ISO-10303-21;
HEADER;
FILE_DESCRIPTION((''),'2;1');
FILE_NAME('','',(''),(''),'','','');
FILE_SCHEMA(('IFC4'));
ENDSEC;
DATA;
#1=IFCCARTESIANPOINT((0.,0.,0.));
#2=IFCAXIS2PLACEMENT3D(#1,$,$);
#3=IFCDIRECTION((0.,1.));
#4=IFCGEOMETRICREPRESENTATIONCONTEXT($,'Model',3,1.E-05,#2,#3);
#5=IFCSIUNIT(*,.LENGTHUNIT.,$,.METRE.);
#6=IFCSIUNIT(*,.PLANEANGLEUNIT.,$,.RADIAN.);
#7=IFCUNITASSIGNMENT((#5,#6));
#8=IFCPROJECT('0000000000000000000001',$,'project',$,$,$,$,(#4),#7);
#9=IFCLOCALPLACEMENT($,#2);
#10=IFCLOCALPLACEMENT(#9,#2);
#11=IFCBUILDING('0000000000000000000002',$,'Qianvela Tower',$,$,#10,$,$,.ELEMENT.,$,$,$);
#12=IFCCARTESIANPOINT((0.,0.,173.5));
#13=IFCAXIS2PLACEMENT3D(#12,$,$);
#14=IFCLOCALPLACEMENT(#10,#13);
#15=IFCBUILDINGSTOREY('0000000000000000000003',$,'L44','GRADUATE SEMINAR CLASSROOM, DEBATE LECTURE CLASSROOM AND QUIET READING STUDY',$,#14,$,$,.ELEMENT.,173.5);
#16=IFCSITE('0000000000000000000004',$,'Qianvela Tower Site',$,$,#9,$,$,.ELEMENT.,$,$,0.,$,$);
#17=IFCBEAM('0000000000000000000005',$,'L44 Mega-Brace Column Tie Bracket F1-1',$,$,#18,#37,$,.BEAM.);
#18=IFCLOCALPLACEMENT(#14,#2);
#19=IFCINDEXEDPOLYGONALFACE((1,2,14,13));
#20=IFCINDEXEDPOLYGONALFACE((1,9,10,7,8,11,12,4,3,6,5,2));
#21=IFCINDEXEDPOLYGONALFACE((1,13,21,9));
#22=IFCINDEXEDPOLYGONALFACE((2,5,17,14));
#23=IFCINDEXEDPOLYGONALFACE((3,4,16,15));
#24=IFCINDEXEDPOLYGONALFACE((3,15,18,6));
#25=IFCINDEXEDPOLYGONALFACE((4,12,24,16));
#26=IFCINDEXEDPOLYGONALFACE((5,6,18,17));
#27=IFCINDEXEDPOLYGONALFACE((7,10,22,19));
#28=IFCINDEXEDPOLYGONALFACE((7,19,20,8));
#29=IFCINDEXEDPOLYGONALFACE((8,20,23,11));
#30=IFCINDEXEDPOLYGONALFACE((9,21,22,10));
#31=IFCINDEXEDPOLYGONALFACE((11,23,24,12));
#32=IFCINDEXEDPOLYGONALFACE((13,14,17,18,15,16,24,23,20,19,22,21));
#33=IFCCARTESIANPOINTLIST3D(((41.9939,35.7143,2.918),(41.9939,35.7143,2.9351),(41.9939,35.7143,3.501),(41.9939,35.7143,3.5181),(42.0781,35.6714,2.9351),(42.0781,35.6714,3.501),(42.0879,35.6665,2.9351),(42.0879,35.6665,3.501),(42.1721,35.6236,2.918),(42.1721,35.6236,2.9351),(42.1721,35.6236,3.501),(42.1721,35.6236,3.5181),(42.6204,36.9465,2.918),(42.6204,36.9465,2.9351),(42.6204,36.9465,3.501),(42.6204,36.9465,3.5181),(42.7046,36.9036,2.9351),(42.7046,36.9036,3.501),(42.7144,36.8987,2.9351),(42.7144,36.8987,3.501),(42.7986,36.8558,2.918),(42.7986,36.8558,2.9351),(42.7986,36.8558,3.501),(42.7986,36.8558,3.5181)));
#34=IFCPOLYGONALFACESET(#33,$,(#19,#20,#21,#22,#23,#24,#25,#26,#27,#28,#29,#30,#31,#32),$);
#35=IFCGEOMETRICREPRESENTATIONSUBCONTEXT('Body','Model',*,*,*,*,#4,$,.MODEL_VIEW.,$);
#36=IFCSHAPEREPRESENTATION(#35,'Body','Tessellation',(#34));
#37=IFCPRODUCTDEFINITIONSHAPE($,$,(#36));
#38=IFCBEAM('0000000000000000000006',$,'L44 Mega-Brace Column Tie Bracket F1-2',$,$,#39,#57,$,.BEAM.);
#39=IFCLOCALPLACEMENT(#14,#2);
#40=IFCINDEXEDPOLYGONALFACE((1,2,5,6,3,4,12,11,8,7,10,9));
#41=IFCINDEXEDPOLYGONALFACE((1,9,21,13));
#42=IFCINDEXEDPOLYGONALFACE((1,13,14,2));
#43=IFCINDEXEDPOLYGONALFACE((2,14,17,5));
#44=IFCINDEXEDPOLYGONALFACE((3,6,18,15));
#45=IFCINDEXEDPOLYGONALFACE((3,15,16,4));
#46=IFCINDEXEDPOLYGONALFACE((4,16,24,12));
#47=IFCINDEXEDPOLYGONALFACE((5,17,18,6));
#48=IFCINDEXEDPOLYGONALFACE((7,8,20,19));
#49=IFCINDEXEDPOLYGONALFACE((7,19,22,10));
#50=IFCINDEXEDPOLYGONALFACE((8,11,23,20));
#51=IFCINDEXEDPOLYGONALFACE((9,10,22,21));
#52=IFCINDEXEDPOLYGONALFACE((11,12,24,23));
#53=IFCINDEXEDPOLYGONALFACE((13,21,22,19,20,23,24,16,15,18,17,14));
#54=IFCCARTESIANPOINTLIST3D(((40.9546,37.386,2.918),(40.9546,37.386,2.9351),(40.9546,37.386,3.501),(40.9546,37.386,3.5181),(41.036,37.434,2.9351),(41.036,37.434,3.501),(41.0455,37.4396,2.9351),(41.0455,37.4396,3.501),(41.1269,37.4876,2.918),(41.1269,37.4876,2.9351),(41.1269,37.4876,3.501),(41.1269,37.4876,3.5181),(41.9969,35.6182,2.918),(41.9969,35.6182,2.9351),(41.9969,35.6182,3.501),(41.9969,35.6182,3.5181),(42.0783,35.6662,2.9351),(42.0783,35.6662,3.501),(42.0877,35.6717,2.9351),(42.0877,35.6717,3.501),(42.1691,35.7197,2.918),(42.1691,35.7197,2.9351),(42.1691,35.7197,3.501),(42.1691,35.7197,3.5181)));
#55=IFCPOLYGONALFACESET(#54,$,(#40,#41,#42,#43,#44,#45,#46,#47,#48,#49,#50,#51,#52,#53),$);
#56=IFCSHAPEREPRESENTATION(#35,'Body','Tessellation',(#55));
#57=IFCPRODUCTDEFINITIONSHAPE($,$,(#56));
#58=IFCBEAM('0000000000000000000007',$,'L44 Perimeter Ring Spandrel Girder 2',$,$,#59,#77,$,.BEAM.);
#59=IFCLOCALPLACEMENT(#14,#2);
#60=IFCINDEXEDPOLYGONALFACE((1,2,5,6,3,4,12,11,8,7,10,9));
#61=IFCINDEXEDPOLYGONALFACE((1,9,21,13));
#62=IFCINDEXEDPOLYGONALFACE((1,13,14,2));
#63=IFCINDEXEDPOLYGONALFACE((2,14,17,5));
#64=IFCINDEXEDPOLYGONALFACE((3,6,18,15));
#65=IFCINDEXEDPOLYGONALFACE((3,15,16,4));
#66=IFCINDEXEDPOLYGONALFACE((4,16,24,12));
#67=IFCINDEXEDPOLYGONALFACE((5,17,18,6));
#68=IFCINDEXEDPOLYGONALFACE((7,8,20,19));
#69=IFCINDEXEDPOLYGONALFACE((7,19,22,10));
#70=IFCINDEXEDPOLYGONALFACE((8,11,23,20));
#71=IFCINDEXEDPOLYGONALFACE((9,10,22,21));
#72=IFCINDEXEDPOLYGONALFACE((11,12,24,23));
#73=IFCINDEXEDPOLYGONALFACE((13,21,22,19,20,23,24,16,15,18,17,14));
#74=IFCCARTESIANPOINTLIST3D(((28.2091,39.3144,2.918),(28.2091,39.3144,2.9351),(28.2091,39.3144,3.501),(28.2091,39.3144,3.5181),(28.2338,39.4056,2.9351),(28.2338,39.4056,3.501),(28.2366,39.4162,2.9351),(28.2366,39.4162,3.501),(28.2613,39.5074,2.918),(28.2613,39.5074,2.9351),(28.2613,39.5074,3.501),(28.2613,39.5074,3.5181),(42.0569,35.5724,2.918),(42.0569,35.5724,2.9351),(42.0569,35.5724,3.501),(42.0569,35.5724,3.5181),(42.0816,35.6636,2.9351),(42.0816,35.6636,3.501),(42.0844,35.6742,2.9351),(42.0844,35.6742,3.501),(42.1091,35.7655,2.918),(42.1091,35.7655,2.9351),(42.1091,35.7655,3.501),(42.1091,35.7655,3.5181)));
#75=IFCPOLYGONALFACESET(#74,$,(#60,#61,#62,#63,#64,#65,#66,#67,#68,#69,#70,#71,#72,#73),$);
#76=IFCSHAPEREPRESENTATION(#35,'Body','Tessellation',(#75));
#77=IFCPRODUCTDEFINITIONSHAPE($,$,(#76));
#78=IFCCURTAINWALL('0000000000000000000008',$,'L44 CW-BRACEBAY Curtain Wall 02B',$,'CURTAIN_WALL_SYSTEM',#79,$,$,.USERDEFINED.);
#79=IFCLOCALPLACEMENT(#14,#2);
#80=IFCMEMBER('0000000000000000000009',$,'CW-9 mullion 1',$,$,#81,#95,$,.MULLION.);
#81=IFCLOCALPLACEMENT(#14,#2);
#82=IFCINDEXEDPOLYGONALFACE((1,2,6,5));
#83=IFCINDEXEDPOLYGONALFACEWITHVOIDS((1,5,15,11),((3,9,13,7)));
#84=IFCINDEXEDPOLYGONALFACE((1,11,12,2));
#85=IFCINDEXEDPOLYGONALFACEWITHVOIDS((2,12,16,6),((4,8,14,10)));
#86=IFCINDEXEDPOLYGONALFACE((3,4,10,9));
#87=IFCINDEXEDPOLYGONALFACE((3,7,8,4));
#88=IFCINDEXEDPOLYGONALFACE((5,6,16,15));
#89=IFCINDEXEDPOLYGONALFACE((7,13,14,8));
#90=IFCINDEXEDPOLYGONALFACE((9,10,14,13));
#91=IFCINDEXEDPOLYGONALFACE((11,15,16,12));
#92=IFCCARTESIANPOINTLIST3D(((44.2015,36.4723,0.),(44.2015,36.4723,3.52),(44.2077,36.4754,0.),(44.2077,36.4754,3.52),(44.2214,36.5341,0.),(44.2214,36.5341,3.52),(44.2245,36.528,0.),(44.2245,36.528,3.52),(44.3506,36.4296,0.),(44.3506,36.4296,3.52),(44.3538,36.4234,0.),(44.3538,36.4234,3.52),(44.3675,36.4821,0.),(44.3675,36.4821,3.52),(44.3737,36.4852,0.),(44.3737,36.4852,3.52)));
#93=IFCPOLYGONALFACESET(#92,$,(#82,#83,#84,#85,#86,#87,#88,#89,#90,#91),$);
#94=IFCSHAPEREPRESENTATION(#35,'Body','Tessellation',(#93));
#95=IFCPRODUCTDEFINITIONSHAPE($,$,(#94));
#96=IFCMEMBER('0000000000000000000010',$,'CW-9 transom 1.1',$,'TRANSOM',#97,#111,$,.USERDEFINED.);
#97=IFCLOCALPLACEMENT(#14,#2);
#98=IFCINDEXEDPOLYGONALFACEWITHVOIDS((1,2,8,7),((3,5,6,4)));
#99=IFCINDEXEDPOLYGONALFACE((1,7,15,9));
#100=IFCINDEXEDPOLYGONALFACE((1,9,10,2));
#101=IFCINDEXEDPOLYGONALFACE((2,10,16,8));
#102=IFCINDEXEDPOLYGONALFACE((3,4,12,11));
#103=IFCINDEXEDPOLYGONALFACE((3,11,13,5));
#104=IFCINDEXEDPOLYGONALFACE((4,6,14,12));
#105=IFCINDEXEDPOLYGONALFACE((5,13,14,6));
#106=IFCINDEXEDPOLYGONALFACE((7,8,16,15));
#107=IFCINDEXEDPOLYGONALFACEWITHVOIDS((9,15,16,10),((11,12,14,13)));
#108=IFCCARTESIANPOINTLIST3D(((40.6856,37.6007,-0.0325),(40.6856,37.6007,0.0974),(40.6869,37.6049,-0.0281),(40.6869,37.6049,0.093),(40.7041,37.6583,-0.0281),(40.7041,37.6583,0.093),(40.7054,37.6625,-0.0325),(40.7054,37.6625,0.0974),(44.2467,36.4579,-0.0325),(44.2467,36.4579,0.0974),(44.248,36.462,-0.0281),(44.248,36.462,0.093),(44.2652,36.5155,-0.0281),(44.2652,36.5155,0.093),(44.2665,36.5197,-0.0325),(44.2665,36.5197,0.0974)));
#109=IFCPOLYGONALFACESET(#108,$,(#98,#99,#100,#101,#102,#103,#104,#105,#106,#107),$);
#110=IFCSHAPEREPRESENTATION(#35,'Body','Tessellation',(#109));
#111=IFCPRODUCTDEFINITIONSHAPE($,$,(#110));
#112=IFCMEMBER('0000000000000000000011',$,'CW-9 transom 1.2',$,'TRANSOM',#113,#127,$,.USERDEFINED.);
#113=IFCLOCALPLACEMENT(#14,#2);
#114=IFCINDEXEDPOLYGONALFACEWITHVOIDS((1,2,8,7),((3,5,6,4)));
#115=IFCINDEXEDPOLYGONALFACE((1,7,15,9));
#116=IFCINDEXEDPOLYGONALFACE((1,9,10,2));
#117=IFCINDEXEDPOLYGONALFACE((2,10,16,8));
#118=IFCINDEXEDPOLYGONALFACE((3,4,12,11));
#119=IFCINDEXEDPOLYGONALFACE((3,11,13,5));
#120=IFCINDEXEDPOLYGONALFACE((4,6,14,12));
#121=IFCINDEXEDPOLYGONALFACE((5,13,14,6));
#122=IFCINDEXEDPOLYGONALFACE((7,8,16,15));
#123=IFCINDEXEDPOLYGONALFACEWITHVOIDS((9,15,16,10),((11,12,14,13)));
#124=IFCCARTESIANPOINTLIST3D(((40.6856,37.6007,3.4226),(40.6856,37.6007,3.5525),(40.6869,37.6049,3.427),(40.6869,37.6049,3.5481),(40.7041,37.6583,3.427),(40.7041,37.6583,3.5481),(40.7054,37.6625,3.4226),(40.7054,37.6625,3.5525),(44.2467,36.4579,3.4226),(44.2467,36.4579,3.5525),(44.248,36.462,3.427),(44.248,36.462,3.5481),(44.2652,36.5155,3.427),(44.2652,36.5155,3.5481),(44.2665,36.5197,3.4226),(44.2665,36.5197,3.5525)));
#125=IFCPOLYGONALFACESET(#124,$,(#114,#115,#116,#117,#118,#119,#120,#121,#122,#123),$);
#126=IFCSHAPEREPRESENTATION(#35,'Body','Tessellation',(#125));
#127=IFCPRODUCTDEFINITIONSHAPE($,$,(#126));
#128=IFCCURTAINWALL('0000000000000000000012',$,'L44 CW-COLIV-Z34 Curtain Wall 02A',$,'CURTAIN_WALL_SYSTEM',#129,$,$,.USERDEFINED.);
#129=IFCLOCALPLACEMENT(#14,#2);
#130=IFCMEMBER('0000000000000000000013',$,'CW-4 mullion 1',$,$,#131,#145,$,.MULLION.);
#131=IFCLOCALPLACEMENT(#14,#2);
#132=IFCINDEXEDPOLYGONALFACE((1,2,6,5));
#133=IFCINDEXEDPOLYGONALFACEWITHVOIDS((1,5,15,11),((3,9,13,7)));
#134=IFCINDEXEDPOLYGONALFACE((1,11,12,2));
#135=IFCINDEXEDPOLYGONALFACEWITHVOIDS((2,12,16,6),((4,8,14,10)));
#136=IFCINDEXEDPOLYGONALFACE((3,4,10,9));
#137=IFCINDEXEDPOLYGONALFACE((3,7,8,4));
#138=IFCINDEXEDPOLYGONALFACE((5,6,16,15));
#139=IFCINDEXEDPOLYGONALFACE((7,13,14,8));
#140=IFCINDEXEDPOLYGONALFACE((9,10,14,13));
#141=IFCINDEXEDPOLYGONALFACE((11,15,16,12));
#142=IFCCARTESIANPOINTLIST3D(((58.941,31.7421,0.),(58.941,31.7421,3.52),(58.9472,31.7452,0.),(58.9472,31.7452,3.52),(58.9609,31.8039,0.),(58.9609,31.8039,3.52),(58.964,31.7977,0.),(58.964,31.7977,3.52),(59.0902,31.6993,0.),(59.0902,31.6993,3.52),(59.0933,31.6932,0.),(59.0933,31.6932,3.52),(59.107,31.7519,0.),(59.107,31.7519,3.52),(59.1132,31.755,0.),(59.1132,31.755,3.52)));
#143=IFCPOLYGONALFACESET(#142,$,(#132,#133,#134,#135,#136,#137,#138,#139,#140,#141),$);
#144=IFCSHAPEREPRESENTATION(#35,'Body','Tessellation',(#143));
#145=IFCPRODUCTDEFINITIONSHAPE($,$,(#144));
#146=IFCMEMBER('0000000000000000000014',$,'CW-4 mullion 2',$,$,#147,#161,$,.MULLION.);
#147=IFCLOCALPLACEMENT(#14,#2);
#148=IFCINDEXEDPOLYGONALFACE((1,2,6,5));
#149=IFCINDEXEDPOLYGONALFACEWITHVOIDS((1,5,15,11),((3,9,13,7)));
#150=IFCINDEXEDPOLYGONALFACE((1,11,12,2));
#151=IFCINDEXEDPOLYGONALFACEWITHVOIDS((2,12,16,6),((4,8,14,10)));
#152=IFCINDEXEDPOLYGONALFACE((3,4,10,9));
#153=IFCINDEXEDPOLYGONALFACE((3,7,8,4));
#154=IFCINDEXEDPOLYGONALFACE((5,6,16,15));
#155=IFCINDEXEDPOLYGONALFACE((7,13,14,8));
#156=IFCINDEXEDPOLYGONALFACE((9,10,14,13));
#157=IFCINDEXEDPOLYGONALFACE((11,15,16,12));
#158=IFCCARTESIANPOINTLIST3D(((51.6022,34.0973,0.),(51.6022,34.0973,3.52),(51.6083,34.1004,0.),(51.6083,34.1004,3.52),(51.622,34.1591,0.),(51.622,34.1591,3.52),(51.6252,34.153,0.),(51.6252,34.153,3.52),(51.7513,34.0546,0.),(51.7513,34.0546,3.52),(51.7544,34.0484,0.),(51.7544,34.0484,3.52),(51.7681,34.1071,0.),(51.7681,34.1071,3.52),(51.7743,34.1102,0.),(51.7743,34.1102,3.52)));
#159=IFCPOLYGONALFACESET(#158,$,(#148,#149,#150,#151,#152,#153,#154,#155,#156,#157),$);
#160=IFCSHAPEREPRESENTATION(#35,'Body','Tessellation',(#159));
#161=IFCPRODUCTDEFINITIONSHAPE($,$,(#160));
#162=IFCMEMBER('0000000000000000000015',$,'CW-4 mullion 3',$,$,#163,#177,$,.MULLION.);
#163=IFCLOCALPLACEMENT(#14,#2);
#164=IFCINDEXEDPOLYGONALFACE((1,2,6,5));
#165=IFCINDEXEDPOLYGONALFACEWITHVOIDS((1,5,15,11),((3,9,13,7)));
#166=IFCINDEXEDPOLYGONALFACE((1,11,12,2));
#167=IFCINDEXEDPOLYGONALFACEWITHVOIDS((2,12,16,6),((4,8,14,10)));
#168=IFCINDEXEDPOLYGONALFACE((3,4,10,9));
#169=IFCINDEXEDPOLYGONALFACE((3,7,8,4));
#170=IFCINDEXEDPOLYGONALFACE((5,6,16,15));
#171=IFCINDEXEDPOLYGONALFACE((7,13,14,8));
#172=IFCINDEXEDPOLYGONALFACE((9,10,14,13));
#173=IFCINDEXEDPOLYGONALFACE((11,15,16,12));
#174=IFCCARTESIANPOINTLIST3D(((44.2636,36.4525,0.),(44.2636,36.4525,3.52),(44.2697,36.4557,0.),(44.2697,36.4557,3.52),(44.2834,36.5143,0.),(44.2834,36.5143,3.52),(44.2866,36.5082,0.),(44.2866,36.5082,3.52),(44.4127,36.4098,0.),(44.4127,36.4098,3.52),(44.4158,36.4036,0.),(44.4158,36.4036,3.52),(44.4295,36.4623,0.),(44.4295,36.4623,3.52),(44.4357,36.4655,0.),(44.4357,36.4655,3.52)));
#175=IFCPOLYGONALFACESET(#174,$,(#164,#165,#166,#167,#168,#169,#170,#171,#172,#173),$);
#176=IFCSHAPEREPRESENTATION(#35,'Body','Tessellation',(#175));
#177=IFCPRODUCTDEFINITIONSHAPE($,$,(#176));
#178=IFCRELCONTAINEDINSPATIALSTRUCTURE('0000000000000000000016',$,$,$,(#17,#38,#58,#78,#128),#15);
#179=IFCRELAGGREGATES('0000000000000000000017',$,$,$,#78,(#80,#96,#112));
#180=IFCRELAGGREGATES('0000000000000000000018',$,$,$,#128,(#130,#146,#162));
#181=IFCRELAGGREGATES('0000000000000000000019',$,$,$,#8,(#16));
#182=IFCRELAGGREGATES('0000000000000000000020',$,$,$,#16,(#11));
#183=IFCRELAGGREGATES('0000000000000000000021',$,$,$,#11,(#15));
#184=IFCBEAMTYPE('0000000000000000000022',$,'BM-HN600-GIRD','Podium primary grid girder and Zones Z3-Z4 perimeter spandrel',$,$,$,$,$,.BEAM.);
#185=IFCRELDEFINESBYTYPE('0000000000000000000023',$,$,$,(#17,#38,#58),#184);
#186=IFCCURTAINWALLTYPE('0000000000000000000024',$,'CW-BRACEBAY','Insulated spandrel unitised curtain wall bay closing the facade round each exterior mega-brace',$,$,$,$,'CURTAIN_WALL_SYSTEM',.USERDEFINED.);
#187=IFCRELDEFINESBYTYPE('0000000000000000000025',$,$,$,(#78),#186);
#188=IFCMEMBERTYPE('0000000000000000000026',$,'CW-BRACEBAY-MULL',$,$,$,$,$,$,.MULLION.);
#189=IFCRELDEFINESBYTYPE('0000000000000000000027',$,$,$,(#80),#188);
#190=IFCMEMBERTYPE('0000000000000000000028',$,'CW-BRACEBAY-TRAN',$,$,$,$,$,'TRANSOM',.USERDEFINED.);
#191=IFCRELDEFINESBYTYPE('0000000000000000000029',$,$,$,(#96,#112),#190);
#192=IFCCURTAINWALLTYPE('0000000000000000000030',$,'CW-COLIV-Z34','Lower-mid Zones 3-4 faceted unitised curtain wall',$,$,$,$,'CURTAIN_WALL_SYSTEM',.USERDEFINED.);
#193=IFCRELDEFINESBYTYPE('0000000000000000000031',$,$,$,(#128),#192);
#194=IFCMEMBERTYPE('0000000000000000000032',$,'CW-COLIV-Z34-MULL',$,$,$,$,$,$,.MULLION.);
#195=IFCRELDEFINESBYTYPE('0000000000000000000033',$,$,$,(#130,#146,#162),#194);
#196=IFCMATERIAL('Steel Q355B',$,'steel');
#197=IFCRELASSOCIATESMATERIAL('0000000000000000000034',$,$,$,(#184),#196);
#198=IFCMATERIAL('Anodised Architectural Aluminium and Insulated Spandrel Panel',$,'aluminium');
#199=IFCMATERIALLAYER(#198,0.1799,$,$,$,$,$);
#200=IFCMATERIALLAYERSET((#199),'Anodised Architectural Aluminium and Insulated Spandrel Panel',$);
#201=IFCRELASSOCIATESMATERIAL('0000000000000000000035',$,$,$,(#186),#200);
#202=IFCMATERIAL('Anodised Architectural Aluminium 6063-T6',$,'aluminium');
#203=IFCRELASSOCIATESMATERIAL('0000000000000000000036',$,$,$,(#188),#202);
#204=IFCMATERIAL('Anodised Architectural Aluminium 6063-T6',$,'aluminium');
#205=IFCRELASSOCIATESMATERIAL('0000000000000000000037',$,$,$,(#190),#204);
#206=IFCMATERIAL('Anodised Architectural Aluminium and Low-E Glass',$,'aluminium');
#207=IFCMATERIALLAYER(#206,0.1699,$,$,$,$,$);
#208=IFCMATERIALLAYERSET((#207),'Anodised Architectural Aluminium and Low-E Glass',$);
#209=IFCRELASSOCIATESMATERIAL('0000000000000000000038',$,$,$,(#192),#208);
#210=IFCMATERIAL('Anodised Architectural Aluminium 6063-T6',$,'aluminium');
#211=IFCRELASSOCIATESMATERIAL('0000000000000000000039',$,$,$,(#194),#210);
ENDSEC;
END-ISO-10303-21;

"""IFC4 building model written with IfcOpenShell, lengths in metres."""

from ifc_helpers import new_model, si_unit, direction, frame, origin, origin_2d, place, context, subcontext, project, spatial, hollow_rectangle, i_section, extrude, material, layer, layer_set, material_profile, profile_set, type_object, element, aggregate, save


model = new_model("IFC4")

# Units and contexts
model_context = context("Model", 3, precision=1e-05, world=origin(), true_north=direction((0.0, 1.0)))
body_context = subcontext(model_context, "Body", "Model", "MODEL_VIEW")
ifc_project = project(units=[si_unit("LENGTHUNIT", "METRE"), si_unit("PLANEANGLEUNIT", "RADIAN")], contexts=[model_context])

# Site, building, storey
site_placement = place(None, origin())
site = spatial("IfcSite", under=ifc_project, at=site_placement, Name="Qianvela Tower Site", CompositionType="ELEMENT", RefElevation=0.0)
building_placement = place(site_placement, origin())
building = spatial("IfcBuilding", under=site, at=building_placement, Name="Qianvela Tower", CompositionType="ELEMENT")
storey_placement = place(building_placement, frame((0.0, 0.0, 173.5)))
storey = spatial("IfcBuildingStorey", under=building, at=storey_placement, Name="L44", Description="GRADUATE SEMINAR CLASSROOM, DEBATE LECTURE CLASSROOM AND QUIET READING STUDY", CompositionType="ELEMENT", Elevation=173.5)

# Beams
ifc_material_1 = material(Name="Steel Q355B", Category="steel")
ifc_material_profile_1 = material_profile(ifc_material_1, i_section(OverallWidth=0.2, OverallDepth=0.6001, WebThickness=0.011, FlangeThickness=0.0171, at=origin_2d()), Name="HN600x200x11x17")
ifc_profile_set_1 = profile_set([ifc_material_profile_1], Name="Steel Q355B")
beam_type = type_object("IfcBeamType", Name="BM-HN600-GIRD", Description="Podium primary grid girder and Zones Z3-Z4 perimeter spandrel", PredefinedType="BEAM", material=ifc_profile_set_1)
beam_1_placement = place(storey_placement, frame((42.083, 35.6689, 3.218), z_axis=(0.453209, 0.891404, 0.0), x_axis=(-0.891404, 0.453209, 0.0)))
element("IfcBeam", 1, at=beam_1_placement, inside=storey, type_object=beam_type, Name="L44 Mega-Brace Column Tie Bracket F1-1", PredefinedType="BEAM", context=body_context, shape_type="SweptSolid", body=[
    extrude(i_section(OverallWidth=0.2, OverallDepth=0.6001, WebThickness=0.011, FlangeThickness=0.0171, at=origin_2d()), origin(), (0.0, 0.0, 1.0), 1.3823),
])
beam_2_placement = place(storey_placement, frame((42.083, 35.6689, 3.218), z_axis=(-0.507867, 0.861435, 0.0), x_axis=(-0.861435, -0.507867, 0.0)))
element("IfcBeam", 2, at=beam_2_placement, inside=storey, type_object=beam_type, Name="L44 Mega-Brace Column Tie Bracket F1-2", PredefinedType="BEAM", context=body_context, shape_type="SweptSolid", body=[
    extrude(i_section(OverallWidth=0.2, OverallDepth=0.6001, WebThickness=0.011, FlangeThickness=0.0171, at=origin_2d()), origin(), (0.0, 0.0, 1.0), 2.0522),
])
beam_3_placement = place(storey_placement, frame((42.083, 35.6689, 3.218), z_axis=(-0.965376, 0.260861, 0.0), x_axis=(-0.260861, -0.965376, 0.0)))
element("IfcBeam", 3, at=beam_3_placement, inside=storey, type_object=beam_type, Name="L44 Perimeter Ring Spandrel Girder 2", PredefinedType="BEAM", context=body_context, shape_type="SweptSolid", body=[
    extrude(i_section(OverallWidth=0.2, OverallDepth=0.6001, WebThickness=0.011, FlangeThickness=0.0171, at=origin_2d()), origin(), (0.0, 0.0, 1.0), 14.3445),
])

# Curtain walls, members
ifc_material_2 = material(Name="Anodised Architectural Aluminium and Insulated Spandrel Panel", Category="aluminium")
ifc_layer_1 = layer(ifc_material_2, 0.1799)
ifc_layer_set_1 = layer_set([ifc_layer_1], Name="Anodised Architectural Aluminium and Insulated Spandrel Panel")
curtain_wall_type_1 = type_object("IfcCurtainWallType", Name="CW-BRACEBAY", Description="Insulated spandrel unitised curtain wall bay closing the facade round each exterior mega-brace", ElementType="CURTAIN_WALL_SYSTEM", PredefinedType="USERDEFINED", material=ifc_layer_set_1)
curtain_wall_1_placement = place(storey_placement, origin())
curtain_wall_1 = element("IfcCurtainWall", 4, at=curtain_wall_1_placement, inside=storey, type_object=curtain_wall_type_1, Name="L44 CW-BRACEBAY Curtain Wall 02B", ObjectType="CURTAIN_WALL_SYSTEM", PredefinedType="USERDEFINED")
ifc_material_3 = material(Name="Anodised Architectural Aluminium 6063-T6", Category="aluminium")
ifc_material_profile_2 = material_profile(ifc_material_3, hollow_rectangle(XDim=0.0649, YDim=0.1599, WallThickness=0.0049, at=origin_2d()), Name="ALU-MULL-65x160")
ifc_profile_set_2 = profile_set([ifc_material_profile_2], Name="Anodised Architectural Aluminium 6063-T6")
member_type_1 = type_object("IfcMemberType", Name="CW-BRACEBAY-MULL", PredefinedType="MULLION", material=ifc_profile_set_2)
member_1_placement = place(storey_placement, frame((44.2876, 36.4788, 0.0), z_axis=(0.0, 0.0, 1.0), x_axis=(-0.30558, -0.952166, 0.0)))
member_1 = element("IfcMember", 5, at=member_1_placement, type_object=member_type_1, Name="CW-9 mullion 1", PredefinedType="MULLION", context=body_context, shape_type="SweptSolid", body=[
    extrude(hollow_rectangle(XDim=0.0649, YDim=0.1599, WallThickness=0.0049, at=origin_2d()), origin(), (0.0, 0.0, 1.0), 3.52),
])
ifc_material_4 = material(Name="Anodised Architectural Aluminium 6063-T6", Category="aluminium")
ifc_material_profile_3 = material_profile(ifc_material_4, hollow_rectangle(XDim=0.0649, YDim=0.1299, WallThickness=0.0044, at=origin_2d()), Name="ALU-TRAN-65x130")
ifc_profile_set_3 = profile_set([ifc_material_profile_3], Name="Anodised Architectural Aluminium 6063-T6")
member_type_2 = type_object("IfcMemberType", Name="CW-BRACEBAY-TRAN", ElementType="TRANSOM", PredefinedType="USERDEFINED", material=ifc_profile_set_3)
member_2_placement = place(storey_placement, frame((44.2566, 36.4888, 0.0325), z_axis=(-0.952168, 0.305574, 0.0), x_axis=(-0.305574, -0.952168, 0.0)))
member_2 = element("IfcMember", 6, at=member_2_placement, type_object=member_type_2, Name="CW-9 transom 1.1", ObjectType="TRANSOM", PredefinedType="USERDEFINED", context=body_context, shape_type="SweptSolid", body=[
    extrude(hollow_rectangle(XDim=0.0649, YDim=0.1299, WallThickness=0.0044, at=origin_2d()), origin(), (0.0, 0.0, 1.0), 3.74),
])
member_3_placement = place(storey_placement, frame((44.2566, 36.4888, 3.4875), z_axis=(-0.952168, 0.305574, 0.0), x_axis=(-0.305574, -0.952168, 0.0)))
member_3 = element("IfcMember", 7, at=member_3_placement, type_object=member_type_2, Name="CW-9 transom 1.2", ObjectType="TRANSOM", PredefinedType="USERDEFINED", context=body_context, shape_type="SweptSolid", body=[
    extrude(hollow_rectangle(XDim=0.0649, YDim=0.1299, WallThickness=0.0044, at=origin_2d()), origin(), (0.0, 0.0, 1.0), 3.74),
])
ifc_material_5 = material(Name="Anodised Architectural Aluminium and Low-E Glass", Category="aluminium")
ifc_layer_2 = layer(ifc_material_5, 0.1699)
ifc_layer_set_2 = layer_set([ifc_layer_2], Name="Anodised Architectural Aluminium and Low-E Glass")
curtain_wall_type_2 = type_object("IfcCurtainWallType", Name="CW-COLIV-Z34", Description="Lower-mid Zones 3-4 faceted unitised curtain wall", ElementType="CURTAIN_WALL_SYSTEM", PredefinedType="USERDEFINED", material=ifc_layer_set_2)
curtain_wall_2_placement = place(storey_placement, origin())
curtain_wall_2 = element("IfcCurtainWall", 8, at=curtain_wall_2_placement, inside=storey, type_object=curtain_wall_type_2, Name="L44 CW-COLIV-Z34 Curtain Wall 02A", ObjectType="CURTAIN_WALL_SYSTEM", PredefinedType="USERDEFINED")
ifc_material_6 = material(Name="Anodised Architectural Aluminium 6063-T6", Category="aluminium")
ifc_material_profile_4 = material_profile(ifc_material_6, hollow_rectangle(XDim=0.0649, YDim=0.1599, WallThickness=0.0049, at=origin_2d()), Name="ALU-MULL-65x160")
ifc_profile_set_4 = profile_set([ifc_material_profile_4], Name="Anodised Architectural Aluminium 6063-T6")
member_type_3 = type_object("IfcMemberType", Name="CW-COLIV-Z34-MULL", PredefinedType="MULLION", material=ifc_profile_set_4)
member_4_placement = place(storey_placement, frame((59.0271, 31.7485, 0.0), z_axis=(0.0, 0.0, 1.0), x_axis=(-0.305576, -0.952168, 0.0)))
member_4 = element("IfcMember", 9, at=member_4_placement, type_object=member_type_3, Name="CW-4 mullion 1", PredefinedType="MULLION", context=body_context, shape_type="SweptSolid", body=[
    extrude(hollow_rectangle(XDim=0.0649, YDim=0.1599, WallThickness=0.0049, at=origin_2d()), origin(), (0.0, 0.0, 1.0), 3.52),
])
member_5_placement = place(storey_placement, frame((51.6882, 34.1038, 0.0), z_axis=(0.0, 0.0, 1.0), x_axis=(-0.305576, -0.952168, 0.0)))
member_5 = element("IfcMember", 10, at=member_5_placement, type_object=member_type_3, Name="CW-4 mullion 2", PredefinedType="MULLION", context=body_context, shape_type="SweptSolid", body=[
    extrude(hollow_rectangle(XDim=0.0649, YDim=0.1599, WallThickness=0.0049, at=origin_2d()), origin(), (0.0, 0.0, 1.0), 3.52),
])
member_6_placement = place(storey_placement, frame((44.3496, 36.459, 0.0), z_axis=(0.0, 0.0, 1.0), x_axis=(-0.305576, -0.952168, 0.0)))
member_6 = element("IfcMember", 11, at=member_6_placement, type_object=member_type_3, Name="CW-4 mullion 3", PredefinedType="MULLION", context=body_context, shape_type="SweptSolid", body=[
    extrude(hollow_rectangle(XDim=0.0649, YDim=0.1599, WallThickness=0.0049, at=origin_2d()), origin(), (0.0, 0.0, 1.0), 3.52),
])

aggregate(curtain_wall_1, [member_1, member_2, member_3])
aggregate(curtain_wall_2, [member_4, member_5, member_6])

save(model, "model.ifc")
